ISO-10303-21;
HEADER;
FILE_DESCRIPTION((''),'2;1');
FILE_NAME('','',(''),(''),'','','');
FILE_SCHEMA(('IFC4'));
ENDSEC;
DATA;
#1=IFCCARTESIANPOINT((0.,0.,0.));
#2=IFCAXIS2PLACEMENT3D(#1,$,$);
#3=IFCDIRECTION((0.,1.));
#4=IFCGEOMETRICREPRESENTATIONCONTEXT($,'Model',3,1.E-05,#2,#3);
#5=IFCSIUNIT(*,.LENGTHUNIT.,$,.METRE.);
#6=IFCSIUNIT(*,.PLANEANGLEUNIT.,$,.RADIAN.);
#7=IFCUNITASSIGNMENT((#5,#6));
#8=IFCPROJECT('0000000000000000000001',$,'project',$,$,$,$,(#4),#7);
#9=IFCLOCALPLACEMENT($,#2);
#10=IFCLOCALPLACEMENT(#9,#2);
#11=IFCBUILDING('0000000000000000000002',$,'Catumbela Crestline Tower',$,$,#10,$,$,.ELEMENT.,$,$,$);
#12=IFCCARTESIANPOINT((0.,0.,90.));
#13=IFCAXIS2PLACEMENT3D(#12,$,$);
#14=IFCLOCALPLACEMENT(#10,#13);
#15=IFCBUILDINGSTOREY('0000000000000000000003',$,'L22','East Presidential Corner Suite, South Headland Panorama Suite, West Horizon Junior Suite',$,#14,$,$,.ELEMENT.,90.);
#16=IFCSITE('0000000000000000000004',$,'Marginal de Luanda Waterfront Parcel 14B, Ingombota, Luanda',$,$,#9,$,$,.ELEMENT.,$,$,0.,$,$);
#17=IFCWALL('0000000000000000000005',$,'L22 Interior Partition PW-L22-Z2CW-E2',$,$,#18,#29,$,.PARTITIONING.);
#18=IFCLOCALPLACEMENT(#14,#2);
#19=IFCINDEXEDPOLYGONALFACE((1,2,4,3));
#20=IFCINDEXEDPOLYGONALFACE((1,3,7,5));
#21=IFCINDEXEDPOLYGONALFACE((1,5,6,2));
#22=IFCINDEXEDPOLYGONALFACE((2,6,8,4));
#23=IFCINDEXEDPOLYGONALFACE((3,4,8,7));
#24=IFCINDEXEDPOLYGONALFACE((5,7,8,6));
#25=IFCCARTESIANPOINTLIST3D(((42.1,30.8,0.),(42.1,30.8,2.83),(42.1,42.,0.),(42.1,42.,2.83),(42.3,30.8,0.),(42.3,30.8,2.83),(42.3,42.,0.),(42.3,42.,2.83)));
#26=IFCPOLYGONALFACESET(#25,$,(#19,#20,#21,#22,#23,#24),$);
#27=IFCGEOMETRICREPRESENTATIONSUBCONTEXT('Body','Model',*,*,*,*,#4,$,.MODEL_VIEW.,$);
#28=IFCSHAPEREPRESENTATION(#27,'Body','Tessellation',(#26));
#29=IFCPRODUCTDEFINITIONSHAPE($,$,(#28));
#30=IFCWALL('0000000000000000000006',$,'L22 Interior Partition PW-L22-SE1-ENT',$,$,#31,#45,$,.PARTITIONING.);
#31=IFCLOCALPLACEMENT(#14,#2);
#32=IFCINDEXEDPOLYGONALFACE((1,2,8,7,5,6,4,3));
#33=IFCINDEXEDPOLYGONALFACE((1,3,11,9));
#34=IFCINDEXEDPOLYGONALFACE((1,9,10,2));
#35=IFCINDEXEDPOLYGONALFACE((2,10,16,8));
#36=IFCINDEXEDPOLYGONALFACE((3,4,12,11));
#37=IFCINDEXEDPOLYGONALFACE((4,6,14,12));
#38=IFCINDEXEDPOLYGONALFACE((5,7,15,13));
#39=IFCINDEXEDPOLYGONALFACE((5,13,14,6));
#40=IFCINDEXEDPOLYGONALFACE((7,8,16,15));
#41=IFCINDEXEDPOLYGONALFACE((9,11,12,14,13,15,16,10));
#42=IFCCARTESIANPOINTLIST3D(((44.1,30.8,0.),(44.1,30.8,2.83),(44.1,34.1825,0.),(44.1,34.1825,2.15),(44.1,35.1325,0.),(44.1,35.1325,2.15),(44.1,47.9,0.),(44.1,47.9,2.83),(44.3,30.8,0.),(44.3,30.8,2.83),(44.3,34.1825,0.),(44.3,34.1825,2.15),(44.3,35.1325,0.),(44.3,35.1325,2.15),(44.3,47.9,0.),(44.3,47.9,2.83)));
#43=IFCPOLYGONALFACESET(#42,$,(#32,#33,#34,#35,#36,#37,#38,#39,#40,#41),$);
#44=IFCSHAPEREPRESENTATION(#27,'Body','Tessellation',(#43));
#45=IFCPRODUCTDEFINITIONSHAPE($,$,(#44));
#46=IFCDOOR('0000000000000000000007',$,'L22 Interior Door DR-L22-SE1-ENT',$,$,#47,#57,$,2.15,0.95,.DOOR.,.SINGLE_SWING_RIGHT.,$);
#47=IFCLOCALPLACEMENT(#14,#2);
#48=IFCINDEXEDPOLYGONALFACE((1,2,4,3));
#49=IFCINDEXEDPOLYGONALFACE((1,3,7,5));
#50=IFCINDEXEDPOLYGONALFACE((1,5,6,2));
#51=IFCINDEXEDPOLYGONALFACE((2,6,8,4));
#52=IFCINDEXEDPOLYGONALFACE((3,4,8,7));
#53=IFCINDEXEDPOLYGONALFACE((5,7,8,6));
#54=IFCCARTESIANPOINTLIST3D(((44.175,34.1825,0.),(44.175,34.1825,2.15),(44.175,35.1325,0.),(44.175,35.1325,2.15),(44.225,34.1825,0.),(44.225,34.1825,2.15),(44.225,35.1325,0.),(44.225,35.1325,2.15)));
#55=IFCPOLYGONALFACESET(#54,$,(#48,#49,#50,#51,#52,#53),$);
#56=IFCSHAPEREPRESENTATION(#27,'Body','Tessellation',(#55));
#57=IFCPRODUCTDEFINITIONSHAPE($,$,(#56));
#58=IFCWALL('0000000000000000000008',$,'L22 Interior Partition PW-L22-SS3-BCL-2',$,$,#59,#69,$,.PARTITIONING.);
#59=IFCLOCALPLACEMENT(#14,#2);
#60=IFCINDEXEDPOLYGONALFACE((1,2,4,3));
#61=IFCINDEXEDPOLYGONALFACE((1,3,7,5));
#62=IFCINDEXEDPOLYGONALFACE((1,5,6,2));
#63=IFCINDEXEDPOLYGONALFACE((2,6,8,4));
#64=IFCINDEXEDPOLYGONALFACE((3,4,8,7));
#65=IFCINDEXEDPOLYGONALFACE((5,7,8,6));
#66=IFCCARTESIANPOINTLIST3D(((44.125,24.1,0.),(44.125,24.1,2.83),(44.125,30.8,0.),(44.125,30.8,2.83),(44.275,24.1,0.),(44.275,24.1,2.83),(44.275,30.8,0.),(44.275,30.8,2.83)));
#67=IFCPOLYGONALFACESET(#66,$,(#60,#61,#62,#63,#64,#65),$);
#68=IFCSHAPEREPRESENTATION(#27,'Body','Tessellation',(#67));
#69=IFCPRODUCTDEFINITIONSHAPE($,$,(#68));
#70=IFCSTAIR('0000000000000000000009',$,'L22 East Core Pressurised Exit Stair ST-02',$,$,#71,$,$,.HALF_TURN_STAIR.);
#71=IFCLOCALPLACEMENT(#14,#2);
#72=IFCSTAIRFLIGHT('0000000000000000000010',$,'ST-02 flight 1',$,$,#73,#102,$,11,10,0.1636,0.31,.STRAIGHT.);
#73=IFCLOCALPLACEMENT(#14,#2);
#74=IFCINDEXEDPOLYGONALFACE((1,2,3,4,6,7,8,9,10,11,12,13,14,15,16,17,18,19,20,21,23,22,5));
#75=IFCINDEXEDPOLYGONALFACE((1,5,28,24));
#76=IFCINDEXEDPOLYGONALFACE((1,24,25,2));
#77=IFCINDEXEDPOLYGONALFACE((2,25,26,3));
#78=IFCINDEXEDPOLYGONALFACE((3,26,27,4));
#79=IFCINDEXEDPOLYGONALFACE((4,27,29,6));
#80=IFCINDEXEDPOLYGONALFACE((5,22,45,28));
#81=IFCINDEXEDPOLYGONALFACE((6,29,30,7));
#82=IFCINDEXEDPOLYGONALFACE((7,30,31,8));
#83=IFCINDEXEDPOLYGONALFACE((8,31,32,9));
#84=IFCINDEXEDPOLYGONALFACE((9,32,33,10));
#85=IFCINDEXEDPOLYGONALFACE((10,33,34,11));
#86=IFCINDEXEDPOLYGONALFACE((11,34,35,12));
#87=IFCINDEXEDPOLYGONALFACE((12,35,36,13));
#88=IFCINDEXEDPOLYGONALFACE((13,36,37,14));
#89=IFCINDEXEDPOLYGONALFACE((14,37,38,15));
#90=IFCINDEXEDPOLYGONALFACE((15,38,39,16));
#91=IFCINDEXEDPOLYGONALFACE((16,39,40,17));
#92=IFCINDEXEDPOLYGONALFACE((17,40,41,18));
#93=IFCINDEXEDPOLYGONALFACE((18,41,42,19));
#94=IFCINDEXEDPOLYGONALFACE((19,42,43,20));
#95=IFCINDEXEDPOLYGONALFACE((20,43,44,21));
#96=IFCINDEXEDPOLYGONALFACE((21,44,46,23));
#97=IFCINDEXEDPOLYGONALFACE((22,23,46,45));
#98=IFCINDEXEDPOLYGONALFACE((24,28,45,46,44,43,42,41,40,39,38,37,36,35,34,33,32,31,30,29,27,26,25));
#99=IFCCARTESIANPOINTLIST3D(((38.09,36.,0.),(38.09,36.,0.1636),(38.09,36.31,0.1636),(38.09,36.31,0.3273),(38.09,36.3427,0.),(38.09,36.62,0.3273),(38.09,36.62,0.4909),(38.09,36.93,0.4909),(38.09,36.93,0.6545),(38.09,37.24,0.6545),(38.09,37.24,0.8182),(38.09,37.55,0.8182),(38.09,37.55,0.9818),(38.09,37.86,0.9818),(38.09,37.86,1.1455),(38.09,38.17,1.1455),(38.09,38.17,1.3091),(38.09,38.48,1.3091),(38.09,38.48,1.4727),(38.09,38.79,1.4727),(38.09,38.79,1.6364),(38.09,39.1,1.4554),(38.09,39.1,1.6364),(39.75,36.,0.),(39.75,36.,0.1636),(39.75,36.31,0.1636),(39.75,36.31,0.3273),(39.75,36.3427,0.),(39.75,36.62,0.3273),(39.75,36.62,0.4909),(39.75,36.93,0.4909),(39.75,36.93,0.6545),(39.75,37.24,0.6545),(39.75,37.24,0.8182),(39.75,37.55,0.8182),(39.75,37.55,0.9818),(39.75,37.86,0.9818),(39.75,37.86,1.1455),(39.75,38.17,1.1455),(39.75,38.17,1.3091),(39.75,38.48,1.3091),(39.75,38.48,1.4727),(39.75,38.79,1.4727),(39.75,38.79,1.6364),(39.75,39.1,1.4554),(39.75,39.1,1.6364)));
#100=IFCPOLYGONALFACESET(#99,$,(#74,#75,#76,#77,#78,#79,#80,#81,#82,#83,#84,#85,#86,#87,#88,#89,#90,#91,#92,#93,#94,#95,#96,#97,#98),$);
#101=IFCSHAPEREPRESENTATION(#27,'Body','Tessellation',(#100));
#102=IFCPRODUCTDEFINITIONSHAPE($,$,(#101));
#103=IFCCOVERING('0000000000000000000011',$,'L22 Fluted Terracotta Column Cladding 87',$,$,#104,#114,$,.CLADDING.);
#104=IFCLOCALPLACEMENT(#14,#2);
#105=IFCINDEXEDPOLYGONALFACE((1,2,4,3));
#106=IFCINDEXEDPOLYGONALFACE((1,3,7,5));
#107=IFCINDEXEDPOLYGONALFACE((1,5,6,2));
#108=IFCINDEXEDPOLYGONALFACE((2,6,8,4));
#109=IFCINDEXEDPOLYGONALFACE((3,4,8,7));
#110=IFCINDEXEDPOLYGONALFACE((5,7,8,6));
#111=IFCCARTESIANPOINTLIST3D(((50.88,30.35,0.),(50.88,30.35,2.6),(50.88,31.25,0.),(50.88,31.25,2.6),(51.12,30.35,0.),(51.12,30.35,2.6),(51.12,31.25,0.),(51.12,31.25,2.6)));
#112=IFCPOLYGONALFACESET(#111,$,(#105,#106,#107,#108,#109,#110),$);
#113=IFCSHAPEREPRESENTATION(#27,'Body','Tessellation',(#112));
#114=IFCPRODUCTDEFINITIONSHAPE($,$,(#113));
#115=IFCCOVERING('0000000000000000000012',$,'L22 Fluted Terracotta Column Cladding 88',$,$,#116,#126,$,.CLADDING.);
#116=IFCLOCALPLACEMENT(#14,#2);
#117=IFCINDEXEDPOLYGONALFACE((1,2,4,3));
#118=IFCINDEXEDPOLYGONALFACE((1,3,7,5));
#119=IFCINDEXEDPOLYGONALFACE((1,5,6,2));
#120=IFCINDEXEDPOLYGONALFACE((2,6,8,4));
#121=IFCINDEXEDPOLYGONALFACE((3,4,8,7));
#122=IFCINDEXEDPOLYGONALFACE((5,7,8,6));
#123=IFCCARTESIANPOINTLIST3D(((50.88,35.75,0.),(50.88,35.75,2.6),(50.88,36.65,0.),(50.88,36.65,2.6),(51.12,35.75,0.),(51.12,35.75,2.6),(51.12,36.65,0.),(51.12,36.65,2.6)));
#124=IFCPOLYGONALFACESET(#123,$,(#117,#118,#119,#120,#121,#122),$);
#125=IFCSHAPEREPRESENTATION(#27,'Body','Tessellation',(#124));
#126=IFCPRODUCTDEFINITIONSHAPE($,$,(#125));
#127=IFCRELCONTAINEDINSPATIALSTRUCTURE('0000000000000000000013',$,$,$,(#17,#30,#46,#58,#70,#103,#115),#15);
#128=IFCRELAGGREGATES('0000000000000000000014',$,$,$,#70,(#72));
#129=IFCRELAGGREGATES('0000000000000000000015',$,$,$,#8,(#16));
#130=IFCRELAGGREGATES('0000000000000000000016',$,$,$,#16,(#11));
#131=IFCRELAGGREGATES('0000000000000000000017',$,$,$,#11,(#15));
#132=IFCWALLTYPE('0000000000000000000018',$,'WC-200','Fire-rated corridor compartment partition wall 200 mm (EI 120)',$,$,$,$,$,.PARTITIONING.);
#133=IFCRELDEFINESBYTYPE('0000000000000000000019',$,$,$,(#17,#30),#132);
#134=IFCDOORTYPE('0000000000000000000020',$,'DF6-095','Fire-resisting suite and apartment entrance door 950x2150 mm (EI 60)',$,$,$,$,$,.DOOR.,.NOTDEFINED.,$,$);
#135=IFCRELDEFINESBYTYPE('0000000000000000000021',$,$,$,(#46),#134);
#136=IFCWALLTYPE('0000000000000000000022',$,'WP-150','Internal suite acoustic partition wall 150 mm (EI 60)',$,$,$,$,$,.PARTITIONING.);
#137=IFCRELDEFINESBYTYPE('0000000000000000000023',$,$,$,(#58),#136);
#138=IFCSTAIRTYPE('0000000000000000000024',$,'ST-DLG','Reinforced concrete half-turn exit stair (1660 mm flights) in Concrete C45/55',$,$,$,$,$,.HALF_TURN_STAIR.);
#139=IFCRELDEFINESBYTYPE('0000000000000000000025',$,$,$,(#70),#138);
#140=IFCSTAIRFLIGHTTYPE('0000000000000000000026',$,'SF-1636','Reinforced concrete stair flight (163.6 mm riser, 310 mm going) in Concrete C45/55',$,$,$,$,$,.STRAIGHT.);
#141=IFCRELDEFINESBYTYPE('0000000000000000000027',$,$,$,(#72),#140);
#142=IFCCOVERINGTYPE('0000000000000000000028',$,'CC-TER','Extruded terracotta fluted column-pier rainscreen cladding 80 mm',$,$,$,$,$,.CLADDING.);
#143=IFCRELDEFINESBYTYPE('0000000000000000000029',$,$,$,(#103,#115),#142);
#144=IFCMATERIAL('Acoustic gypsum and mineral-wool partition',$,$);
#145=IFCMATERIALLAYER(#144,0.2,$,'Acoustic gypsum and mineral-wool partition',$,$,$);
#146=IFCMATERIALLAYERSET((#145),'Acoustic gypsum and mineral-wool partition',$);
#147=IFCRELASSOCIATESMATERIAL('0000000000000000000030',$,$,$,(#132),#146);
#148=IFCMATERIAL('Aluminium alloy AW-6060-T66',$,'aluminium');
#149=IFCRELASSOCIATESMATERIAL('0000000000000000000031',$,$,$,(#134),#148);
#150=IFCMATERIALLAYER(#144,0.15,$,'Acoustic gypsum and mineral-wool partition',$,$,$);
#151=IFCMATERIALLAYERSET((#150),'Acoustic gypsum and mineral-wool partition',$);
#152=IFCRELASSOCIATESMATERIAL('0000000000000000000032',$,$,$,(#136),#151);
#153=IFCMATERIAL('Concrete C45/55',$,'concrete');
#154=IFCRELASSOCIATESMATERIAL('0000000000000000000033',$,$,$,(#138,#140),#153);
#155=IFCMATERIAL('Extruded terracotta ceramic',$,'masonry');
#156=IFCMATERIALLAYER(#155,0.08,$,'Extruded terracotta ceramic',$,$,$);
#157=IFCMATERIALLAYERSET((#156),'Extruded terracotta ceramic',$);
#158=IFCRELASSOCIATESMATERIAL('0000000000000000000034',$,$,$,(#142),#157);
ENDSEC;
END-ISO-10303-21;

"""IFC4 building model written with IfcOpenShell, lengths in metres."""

from ifc_helpers import new_model, si_unit, direction, frame, frame_2d, origin, origin_2d, place, context, subcontext, project, spatial, polyline, rectangle, outline, extrude, material, layer, layer_set, type_object, element, fill, aggregate, save


model = new_model("IFC4")

# Units and contexts
model_context = context("Model", 3, precision=1e-05, world=origin(), true_north=direction((0.0, 1.0)))
body_context = subcontext(model_context, "Body", "Model", "MODEL_VIEW")
ifc_project = project(units=[si_unit("LENGTHUNIT", "METRE"), si_unit("PLANEANGLEUNIT", "RADIAN")], contexts=[model_context])

# Site, building, storey
site_placement = place(None, origin())
site = spatial("IfcSite", under=ifc_project, at=site_placement, Name="Marginal de Luanda Waterfront Parcel 14B, Ingombota, Luanda", CompositionType="ELEMENT", RefElevation=0.0)
building_placement = place(site_placement, origin())
building = spatial("IfcBuilding", under=site, at=building_placement, Name="Catumbela Crestline Tower", CompositionType="ELEMENT")
storey_placement = place(building_placement, frame((0.0, 0.0, 90.0)))
storey = spatial("IfcBuildingStorey", under=building, at=storey_placement, Name="L22", Description="East Presidential Corner Suite, South Headland Panorama Suite, West Horizon Junior Suite", CompositionType="ELEMENT", Elevation=90.0)

# Shared definitions
ifc_material_1 = material(Name="Aluminium alloy AW-6060-T66", Category="aluminium")

# Wall
ifc_material_2 = material(Name="Acoustic gypsum and mineral-wool partition")
ifc_layer_1 = layer(ifc_material_2, 0.2, Name="Acoustic gypsum and mineral-wool partition")
ifc_layer_set_1 = layer_set([ifc_layer_1], Name="Acoustic gypsum and mineral-wool partition")
wall_type_1 = type_object("IfcWallType", Name="WC-200", Description="Fire-rated corridor compartment partition wall 200 mm (EI 120)", PredefinedType="PARTITIONING", material=ifc_layer_set_1)
wall_1_placement = place(storey_placement, frame((42.2, 30.8, 0.0), z_axis=(0.0, 0.0, 1.0), x_axis=(0.0, 1.0, 0.0)))
element("IfcWall", 1, at=wall_1_placement, inside=storey, type_object=wall_type_1, Name="L22 Interior Partition PW-L22-Z2CW-E2", PredefinedType="PARTITIONING", context=body_context, shape_type="SweptSolid", body=[
    extrude(rectangle(XDim=11.2, YDim=0.2, at=frame_2d((5.6, 0.0))), origin(), (0.0, 0.0, 1.0), 2.83),
])

# Wall, opening, door
wall_2_placement = place(storey_placement, frame((44.2, 30.8, 0.0), z_axis=(0.0, 0.0, 1.0), x_axis=(0.0, 1.0, 0.0)))
wall_2 = element("IfcWall", 2, at=wall_2_placement, inside=storey, type_object=wall_type_1, Name="L22 Interior Partition PW-L22-SE1-ENT", PredefinedType="PARTITIONING", context=body_context, shape_type="SweptSolid", body=[
    extrude(rectangle(XDim=17.1, YDim=0.2, at=frame_2d((8.55, 0.0))), origin(), (0.0, 0.0, 1.0), 2.83),
])
opening_placement = place(wall_2_placement, frame((3.3825, 0.0, 0.0)))
opening = element("IfcOpeningElement", 3, at=opening_placement, cuts=wall_2, PredefinedType="OPENING", context=body_context, shape_type="SweptSolid", body=[
    extrude(rectangle(XDim=0.95, YDim=2.15, at=frame_2d((0.475, 1.075))), frame((0.0, 0.11, 0.0), z_axis=(0.0, -1.0, 0.0), x_axis=(1.0, 0.0, 0.0)), (0.0, 0.0, 1.0), 0.22),
])
door_type = type_object("IfcDoorType", Name="DF6-095", Description="Fire-resisting suite and apartment entrance door 950x2150 mm (EI 60)", OperationType="NOTDEFINED", PredefinedType="DOOR", material=ifc_material_1)
door_placement = place(opening_placement, origin())
door = element("IfcDoor", 4, at=door_placement, inside=storey, type_object=door_type, Name="L22 Interior Door DR-L22-SE1-ENT", OperationType="SINGLE_SWING_RIGHT", OverallHeight=2.15, OverallWidth=0.95, PredefinedType="DOOR", context=body_context, shape_type="SweptSolid", body=[
    extrude(rectangle(XDim=0.95, YDim=2.15, at=frame_2d((0.475, 1.075))), frame((0.0, 0.025, 0.0), z_axis=(0.0, -1.0, 0.0), x_axis=(1.0, 0.0, 0.0)), (0.0, 0.0, 1.0), 0.05),
])
fill(opening, door)

# Wall
ifc_layer_2 = layer(ifc_material_2, 0.15, Name="Acoustic gypsum and mineral-wool partition")
ifc_layer_set_2 = layer_set([ifc_layer_2], Name="Acoustic gypsum and mineral-wool partition")
wall_type_2 = type_object("IfcWallType", Name="WP-150", Description="Internal suite acoustic partition wall 150 mm (EI 60)", PredefinedType="PARTITIONING", material=ifc_layer_set_2)
wall_3_placement = place(storey_placement, frame((44.2, 30.8, 0.0), z_axis=(0.0, 0.0, 1.0), x_axis=(0.0, -1.0, 0.0)))
element("IfcWall", 5, at=wall_3_placement, inside=storey, type_object=wall_type_2, Name="L22 Interior Partition PW-L22-SS3-BCL-2", PredefinedType="PARTITIONING", context=body_context, shape_type="SweptSolid", body=[
    extrude(rectangle(XDim=6.7, YDim=0.15, at=frame_2d((3.35, 0.0))), origin(), (0.0, 0.0, 1.0), 2.83),
])

# Stair, stair flight
ifc_material_3 = material(Name="Concrete C45/55", Category="concrete")
stair_type = type_object("IfcStairType", Name="ST-DLG", Description="Reinforced concrete half-turn exit stair (1660 mm flights) in Concrete C45/55", PredefinedType="HALF_TURN_STAIR", material=ifc_material_3)
stair_placement = place(storey_placement, origin())
stair = element("IfcStair", 6, at=stair_placement, inside=storey, type_object=stair_type, Name="L22 East Core Pressurised Exit Stair ST-02", PredefinedType="HALF_TURN_STAIR")
stair_flight_type = type_object("IfcStairFlightType", Name="SF-1636", Description="Reinforced concrete stair flight (163.6 mm riser, 310 mm going) in Concrete C45/55", PredefinedType="STRAIGHT", material=ifc_material_3)
stair_flight_placement = place(storey_placement, frame((38.92, 36.0, 0.0), z_axis=(0.0, 0.0, 1.0), x_axis=(0.0, 1.0, 0.0)))
stair_flight = element("IfcStairFlight", 7, at=stair_flight_placement, type_object=stair_flight_type, Name="ST-02 flight 1", NumberOfRisers=11, NumberOfTreads=10, PredefinedType="STRAIGHT", RiserHeight=0.1636, TreadLength=0.31, context=body_context, shape_type="SweptSolid", body=[
    extrude(outline(polyline([(0.0, 0.0), (0.0, 0.1636), (0.31, 0.1636), (0.31, 0.3273), (0.62, 0.3273), (0.62, 0.4909), (0.93, 0.4909), (0.93, 0.6545), (1.24, 0.6545), (1.24, 0.8182), (1.55, 0.8182), (1.55, 0.9818), (1.86, 0.9818), (1.86, 1.1455), (2.17, 1.1455), (2.17, 1.3091), (2.48, 1.3091), (2.48, 1.4727), (2.79, 1.4727), (2.79, 1.6364), (3.1, 1.6364), (3.1, 1.8), (3.1, 1.4554), (0.3427, 0.0), (0.0, 0.0)])), frame((0.0, 0.83, 0.0), z_axis=(0.0, -1.0, 0.0), x_axis=(1.0, 0.0, 0.0)), (0.0, 0.0, 1.0), 1.66),
])
aggregate(stair, [stair_flight])

# Coverings
ifc_material_4 = material(Name="Extruded terracotta ceramic", Category="masonry")
ifc_layer_3 = layer(ifc_material_4, 0.08, Name="Extruded terracotta ceramic")
ifc_layer_set_3 = layer_set([ifc_layer_3], Name="Extruded terracotta ceramic")
covering_type = type_object("IfcCoveringType", Name="CC-TER", Description="Extruded terracotta fluted column-pier rainscreen cladding 80 mm", PredefinedType="CLADDING", material=ifc_layer_set_3)
for number, where, z_axis, x_axis, name in (
    (8, (51.0, 30.8, 0.0), (0.0, 0.0, 1.0), (0.0, 1.0, 0.0), "L22 Fluted Terracotta Column Cladding 87"),
    (9, (51.0, 36.2, 0.0), (0.0, 0.0, 1.0), (0.0, 1.0, 0.0), "L22 Fluted Terracotta Column Cladding 88"),
):
    element("IfcCovering", number, at=place(storey_placement, frame(where, z_axis=z_axis, x_axis=x_axis)), inside=storey, type_object=covering_type, Name=name, PredefinedType="CLADDING", context=body_context, shape_type="SweptSolid", body=[
        extrude(rectangle(XDim=0.9, YDim=0.24, at=origin_2d()), origin(), (0.0, 0.0, 1.0), 2.6),
    ])

save(model, "model.ifc")
